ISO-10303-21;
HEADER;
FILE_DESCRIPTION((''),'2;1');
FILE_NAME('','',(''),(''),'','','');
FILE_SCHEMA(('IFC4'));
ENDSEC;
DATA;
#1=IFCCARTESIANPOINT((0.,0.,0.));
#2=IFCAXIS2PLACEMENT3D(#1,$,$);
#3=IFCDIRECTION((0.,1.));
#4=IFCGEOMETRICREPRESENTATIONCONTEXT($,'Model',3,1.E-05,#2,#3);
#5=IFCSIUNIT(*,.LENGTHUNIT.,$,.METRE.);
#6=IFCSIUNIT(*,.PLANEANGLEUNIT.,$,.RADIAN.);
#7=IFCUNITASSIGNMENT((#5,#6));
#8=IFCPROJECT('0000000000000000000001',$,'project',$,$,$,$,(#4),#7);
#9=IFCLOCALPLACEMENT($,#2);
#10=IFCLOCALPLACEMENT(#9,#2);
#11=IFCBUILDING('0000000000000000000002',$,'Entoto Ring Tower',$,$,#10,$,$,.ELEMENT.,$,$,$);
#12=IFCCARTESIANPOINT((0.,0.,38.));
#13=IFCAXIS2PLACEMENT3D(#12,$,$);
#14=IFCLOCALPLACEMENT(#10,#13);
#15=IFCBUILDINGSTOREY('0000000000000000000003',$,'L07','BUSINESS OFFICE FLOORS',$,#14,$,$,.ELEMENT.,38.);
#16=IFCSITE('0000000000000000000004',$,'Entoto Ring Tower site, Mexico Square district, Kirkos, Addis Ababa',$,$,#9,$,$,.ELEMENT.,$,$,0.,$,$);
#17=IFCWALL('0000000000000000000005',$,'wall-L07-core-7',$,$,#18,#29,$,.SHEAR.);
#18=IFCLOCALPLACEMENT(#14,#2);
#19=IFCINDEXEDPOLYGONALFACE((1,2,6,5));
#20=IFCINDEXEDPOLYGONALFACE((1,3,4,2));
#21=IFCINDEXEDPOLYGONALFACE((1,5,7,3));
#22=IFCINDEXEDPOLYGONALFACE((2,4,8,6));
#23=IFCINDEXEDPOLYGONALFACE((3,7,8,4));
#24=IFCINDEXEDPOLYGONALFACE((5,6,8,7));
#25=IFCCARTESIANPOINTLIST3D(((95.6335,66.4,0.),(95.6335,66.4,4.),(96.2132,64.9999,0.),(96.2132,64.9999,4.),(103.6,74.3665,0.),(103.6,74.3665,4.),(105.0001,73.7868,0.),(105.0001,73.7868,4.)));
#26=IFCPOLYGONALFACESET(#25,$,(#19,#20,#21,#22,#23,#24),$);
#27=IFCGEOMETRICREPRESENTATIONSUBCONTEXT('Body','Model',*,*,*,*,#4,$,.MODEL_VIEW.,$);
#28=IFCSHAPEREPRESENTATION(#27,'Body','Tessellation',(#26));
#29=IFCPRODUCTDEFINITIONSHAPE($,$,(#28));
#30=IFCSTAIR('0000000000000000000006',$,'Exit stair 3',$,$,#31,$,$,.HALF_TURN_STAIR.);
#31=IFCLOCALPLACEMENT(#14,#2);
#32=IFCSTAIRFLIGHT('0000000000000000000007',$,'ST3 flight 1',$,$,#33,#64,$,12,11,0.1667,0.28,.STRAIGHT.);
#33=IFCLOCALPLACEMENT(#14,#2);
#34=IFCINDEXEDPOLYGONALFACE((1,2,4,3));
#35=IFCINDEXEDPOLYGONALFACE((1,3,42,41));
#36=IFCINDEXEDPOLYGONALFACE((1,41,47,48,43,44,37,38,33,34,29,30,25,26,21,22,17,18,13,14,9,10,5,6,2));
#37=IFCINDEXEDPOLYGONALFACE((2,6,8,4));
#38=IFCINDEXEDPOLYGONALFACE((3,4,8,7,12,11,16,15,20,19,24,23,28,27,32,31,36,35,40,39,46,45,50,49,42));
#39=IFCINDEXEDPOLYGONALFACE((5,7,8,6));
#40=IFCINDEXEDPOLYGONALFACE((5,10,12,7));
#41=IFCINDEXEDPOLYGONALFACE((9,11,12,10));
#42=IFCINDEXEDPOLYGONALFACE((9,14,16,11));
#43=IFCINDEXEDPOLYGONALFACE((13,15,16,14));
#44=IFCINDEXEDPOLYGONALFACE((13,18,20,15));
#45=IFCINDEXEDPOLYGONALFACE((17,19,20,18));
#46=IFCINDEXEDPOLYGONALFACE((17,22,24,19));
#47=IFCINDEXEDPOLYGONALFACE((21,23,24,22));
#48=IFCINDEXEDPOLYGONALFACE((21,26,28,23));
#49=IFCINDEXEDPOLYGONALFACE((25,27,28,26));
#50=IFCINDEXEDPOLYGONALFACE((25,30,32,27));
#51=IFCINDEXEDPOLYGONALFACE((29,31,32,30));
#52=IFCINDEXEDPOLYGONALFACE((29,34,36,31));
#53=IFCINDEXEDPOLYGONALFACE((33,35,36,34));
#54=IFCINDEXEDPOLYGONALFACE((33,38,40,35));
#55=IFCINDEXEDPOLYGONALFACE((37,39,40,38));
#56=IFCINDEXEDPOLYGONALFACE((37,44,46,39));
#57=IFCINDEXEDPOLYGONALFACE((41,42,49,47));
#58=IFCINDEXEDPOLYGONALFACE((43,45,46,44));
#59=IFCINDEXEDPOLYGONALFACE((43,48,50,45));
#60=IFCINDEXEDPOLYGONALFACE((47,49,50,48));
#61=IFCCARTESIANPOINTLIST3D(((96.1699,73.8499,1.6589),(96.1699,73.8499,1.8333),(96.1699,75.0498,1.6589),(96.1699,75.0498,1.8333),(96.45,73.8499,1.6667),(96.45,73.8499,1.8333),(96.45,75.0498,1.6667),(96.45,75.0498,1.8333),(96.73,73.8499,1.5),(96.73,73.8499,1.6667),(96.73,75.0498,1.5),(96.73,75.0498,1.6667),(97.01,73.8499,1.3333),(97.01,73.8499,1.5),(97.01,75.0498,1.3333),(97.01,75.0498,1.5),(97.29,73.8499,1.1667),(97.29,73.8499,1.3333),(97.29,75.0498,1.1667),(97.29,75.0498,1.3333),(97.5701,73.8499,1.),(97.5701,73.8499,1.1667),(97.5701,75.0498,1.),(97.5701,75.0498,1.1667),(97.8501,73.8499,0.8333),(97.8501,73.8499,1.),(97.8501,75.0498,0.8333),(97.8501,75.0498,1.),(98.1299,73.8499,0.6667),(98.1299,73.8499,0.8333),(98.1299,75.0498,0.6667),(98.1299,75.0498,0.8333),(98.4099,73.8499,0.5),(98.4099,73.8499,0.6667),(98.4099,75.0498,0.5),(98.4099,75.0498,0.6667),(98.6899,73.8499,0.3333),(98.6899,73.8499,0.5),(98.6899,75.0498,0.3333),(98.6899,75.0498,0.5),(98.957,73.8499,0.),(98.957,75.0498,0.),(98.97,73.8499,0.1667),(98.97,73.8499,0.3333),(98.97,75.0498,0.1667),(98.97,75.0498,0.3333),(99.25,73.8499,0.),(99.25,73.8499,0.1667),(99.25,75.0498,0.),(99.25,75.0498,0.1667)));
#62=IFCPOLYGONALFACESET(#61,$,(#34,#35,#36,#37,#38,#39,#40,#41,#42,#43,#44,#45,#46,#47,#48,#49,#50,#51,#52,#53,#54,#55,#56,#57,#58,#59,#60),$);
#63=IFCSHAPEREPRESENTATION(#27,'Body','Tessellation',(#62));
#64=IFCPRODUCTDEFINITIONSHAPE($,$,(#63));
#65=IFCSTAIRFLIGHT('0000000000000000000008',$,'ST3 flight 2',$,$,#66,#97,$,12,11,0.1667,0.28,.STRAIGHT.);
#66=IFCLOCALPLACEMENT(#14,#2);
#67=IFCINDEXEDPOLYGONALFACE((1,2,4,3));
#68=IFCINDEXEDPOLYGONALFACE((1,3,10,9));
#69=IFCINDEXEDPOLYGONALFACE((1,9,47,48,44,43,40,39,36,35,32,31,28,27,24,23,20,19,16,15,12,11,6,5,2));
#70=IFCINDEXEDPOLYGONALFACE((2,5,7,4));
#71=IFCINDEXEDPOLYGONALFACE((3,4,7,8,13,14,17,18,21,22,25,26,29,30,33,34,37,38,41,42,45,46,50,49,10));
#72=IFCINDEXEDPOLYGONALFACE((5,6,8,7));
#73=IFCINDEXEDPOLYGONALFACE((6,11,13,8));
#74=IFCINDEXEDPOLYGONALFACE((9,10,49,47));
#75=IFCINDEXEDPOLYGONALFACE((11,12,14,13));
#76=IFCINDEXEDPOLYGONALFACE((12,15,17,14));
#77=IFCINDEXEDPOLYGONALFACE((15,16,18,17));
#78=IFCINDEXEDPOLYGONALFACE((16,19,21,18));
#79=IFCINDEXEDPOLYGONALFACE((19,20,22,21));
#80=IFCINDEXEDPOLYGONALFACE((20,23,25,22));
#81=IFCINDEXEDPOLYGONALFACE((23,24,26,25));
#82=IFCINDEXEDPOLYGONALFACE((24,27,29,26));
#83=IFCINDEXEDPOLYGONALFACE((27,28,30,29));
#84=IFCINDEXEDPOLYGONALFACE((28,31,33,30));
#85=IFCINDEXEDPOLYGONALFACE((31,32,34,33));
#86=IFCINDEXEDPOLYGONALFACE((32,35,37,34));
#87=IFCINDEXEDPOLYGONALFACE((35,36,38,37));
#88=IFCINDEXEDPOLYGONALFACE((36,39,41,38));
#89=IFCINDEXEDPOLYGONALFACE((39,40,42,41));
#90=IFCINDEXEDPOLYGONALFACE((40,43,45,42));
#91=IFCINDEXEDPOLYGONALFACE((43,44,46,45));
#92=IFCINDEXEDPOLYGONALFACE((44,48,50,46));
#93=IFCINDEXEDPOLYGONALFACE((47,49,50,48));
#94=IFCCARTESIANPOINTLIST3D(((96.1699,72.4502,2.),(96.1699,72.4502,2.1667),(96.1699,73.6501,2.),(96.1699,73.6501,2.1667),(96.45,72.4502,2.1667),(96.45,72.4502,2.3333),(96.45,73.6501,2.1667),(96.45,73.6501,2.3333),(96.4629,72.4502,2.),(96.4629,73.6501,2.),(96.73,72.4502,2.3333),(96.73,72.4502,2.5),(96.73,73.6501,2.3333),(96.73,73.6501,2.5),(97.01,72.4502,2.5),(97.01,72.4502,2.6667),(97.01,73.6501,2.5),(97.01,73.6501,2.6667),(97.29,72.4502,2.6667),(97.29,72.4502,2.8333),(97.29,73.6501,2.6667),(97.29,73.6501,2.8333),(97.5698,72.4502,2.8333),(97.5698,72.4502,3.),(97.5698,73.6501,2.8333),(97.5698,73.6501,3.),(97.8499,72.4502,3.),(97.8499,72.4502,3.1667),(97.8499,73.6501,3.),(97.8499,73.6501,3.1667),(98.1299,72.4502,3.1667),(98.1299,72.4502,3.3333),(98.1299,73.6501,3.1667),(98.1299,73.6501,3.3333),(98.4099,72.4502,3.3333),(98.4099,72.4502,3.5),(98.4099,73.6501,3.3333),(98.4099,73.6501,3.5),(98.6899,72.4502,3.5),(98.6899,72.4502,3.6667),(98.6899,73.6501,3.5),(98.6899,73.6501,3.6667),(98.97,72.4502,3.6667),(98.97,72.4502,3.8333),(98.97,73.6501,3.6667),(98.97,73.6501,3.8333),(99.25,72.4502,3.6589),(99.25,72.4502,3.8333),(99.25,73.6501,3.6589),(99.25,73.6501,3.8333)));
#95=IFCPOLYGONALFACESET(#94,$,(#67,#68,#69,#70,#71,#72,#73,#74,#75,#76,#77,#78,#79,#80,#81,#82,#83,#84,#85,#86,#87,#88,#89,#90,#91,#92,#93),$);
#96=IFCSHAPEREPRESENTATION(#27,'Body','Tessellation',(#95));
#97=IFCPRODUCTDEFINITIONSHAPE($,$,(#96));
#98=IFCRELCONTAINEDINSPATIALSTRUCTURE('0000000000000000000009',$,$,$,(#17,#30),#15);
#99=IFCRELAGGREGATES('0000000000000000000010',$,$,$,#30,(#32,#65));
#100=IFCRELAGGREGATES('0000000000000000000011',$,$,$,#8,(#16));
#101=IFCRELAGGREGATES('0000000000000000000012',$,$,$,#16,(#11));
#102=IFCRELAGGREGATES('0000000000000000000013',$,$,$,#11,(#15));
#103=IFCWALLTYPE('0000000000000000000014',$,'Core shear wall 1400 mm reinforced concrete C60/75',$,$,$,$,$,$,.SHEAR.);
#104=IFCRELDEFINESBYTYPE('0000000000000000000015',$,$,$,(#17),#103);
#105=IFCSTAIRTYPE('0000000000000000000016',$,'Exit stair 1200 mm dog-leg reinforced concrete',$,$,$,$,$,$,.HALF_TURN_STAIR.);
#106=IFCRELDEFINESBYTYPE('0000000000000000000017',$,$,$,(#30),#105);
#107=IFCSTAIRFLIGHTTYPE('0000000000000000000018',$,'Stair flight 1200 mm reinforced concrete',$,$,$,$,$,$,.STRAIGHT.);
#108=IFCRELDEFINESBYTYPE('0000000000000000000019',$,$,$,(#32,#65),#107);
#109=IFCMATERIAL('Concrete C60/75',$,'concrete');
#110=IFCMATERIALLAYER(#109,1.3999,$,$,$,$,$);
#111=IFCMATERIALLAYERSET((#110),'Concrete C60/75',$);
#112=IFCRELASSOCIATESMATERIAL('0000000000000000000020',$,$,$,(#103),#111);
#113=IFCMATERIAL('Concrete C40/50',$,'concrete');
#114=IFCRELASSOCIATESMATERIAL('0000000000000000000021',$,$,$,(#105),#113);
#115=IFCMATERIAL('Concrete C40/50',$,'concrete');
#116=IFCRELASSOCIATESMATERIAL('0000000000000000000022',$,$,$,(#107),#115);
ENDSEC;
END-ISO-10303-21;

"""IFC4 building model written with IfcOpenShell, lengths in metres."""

from ifc_helpers import new_model, si_unit, direction, frame, origin, place, context, subcontext, project, spatial, polyline, outline, extrude, material, layer, layer_set, type_object, element, aggregate, save


model = new_model("IFC4")

# Units and contexts
model_context = context("Model", 3, precision=1e-05, world=origin(), true_north=direction((0.0, 1.0)))
body_context = subcontext(model_context, "Body", "Model", "MODEL_VIEW")
ifc_project = project(units=[si_unit("LENGTHUNIT", "METRE"), si_unit("PLANEANGLEUNIT", "RADIAN")], contexts=[model_context])

# Site, building, storey
site_placement = place(None, origin())
site = spatial("IfcSite", under=ifc_project, at=site_placement, Name="Entoto Ring Tower site, Mexico Square district, Kirkos, Addis Ababa", CompositionType="ELEMENT", RefElevation=0.0)
building_placement = place(site_placement, origin())
building = spatial("IfcBuilding", under=site, at=building_placement, Name="Entoto Ring Tower", CompositionType="ELEMENT")
storey_placement = place(building_placement, frame((0.0, 0.0, 38.0)))
storey = spatial("IfcBuildingStorey", under=building, at=storey_placement, Name="L07", Description="BUSINESS OFFICE FLOORS", CompositionType="ELEMENT", Elevation=38.0)

# Wall
ifc_material_1 = material(Name="Concrete C60/75", Category="concrete")
ifc_layer_1 = layer(ifc_material_1, 1.3999)
ifc_layer_set_1 = layer_set([ifc_layer_1], Name="Concrete C60/75")
wall_type_1 = type_object("IfcWallType", Name="Core shear wall 1400 mm reinforced concrete C60/75", PredefinedType="SHEAR", material=ifc_layer_set_1)
wall_1_placement = place(storey_placement, frame((95.9233, 65.7, 0.0), z_axis=(0.0, 0.0, 1.0), x_axis=(0.707107, 0.707107, 0.0)))
element("IfcWall", 1, at=wall_1_placement, inside=storey, type_object=wall_type_1, Name="wall-L07-core-7", PredefinedType="SHEAR", context=body_context, shape_type="SweptSolid", body=[
    extrude(outline(polyline([(-0.29, -0.7), (12.1365, -0.7), (11.5564, 0.7), (0.29, 0.7), (-0.29, -0.7)])), origin(), (0.0, 0.0, 1.0), 4.0),
])

# Stair, stair flights
ifc_material_2 = material(Name="Concrete C40/50", Category="concrete")
stair_type = type_object("IfcStairType", Name="Exit stair 1200 mm dog-leg reinforced concrete", PredefinedType="HALF_TURN_STAIR", material=ifc_material_2)
stair_placement = place(storey_placement, origin())
stair = element("IfcStair", 2, at=stair_placement, inside=storey, type_object=stair_type, Name="Exit stair 3", PredefinedType="HALF_TURN_STAIR")
ifc_material_3 = material(Name="Concrete C40/50", Category="concrete")
stair_flight_type = type_object("IfcStairFlightType", Name="Stair flight 1200 mm reinforced concrete", PredefinedType="STRAIGHT", material=ifc_material_3)
stair_flight_1_placement = place(storey_placement, frame((99.25, 74.45, 0.0), z_axis=(0.0, 0.0, 1.0), x_axis=(-1.0, 0.0, 0.0)))
stair_flight_1 = element("IfcStairFlight", 3, at=stair_flight_1_placement, type_object=stair_flight_type, Name="ST3 flight 1", NumberOfRisers=12, NumberOfTreads=11, PredefinedType="STRAIGHT", RiserHeight=0.1667, TreadLength=0.28, context=body_context, shape_type="SweptSolid", body=[
    extrude(outline(polyline([(0.0, 0.0), (0.0, 0.1667), (0.28, 0.1667), (0.28, 0.3333), (0.5601, 0.3333), (0.5601, 0.5), (0.8401, 0.5), (0.8401, 0.6667), (1.1201, 0.6667), (1.1201, 0.8333), (1.3999, 0.8333), (1.3999, 1.0), (1.6799, 1.0), (1.6799, 1.1667), (1.96, 1.1667), (1.96, 1.3333), (2.24, 1.3333), (2.24, 1.5), (2.52, 1.5), (2.52, 1.6667), (2.8, 1.6667), (2.8, 1.8333), (3.0801, 1.8333), (3.0801, 2.0), (3.0801, 1.6589), (0.293, 0.0), (0.0, 0.0)])), frame((0.0, 0.6001, 0.0), z_axis=(0.0, -1.0, 0.0), x_axis=(1.0, 0.0, 0.0)), (0.0, 0.0, 1.0), 1.2),
])
stair_flight_2_placement = place(storey_placement, frame((96.1699, 73.05, 2.0), z_axis=(0.0, 0.0, 1.0), x_axis=(1.0, 0.0, 0.0)))
stair_flight_2 = element("IfcStairFlight", 4, at=stair_flight_2_placement, type_object=stair_flight_type, Name="ST3 flight 2", NumberOfRisers=12, NumberOfTreads=11, PredefinedType="STRAIGHT", RiserHeight=0.1667, TreadLength=0.28, context=body_context, shape_type="SweptSolid", body=[
    extrude(outline(polyline([(0.0, 0.0), (0.0, 0.1667), (0.28, 0.1667), (0.28, 0.3333), (0.5601, 0.3333), (0.5601, 0.5), (0.8401, 0.5), (0.8401, 0.6667), (1.1201, 0.6667), (1.1201, 0.8333), (1.3999, 0.8333), (1.3999, 1.0), (1.6799, 1.0), (1.6799, 1.1667), (1.96, 1.1667), (1.96, 1.3333), (2.24, 1.3333), (2.24, 1.5), (2.52, 1.5), (2.52, 1.6667), (2.8, 1.6667), (2.8, 1.8333), (3.0801, 1.8333), (3.0801, 2.0), (3.0801, 1.6589), (0.293, 0.0), (0.0, 0.0)])), frame((0.0, 0.6001, 0.0), z_axis=(0.0, -1.0, 0.0), x_axis=(1.0, 0.0, 0.0)), (0.0, 0.0, 1.0), 1.2),
])
aggregate(stair, [stair_flight_1, stair_flight_2])

save(model, "model.ifc")
